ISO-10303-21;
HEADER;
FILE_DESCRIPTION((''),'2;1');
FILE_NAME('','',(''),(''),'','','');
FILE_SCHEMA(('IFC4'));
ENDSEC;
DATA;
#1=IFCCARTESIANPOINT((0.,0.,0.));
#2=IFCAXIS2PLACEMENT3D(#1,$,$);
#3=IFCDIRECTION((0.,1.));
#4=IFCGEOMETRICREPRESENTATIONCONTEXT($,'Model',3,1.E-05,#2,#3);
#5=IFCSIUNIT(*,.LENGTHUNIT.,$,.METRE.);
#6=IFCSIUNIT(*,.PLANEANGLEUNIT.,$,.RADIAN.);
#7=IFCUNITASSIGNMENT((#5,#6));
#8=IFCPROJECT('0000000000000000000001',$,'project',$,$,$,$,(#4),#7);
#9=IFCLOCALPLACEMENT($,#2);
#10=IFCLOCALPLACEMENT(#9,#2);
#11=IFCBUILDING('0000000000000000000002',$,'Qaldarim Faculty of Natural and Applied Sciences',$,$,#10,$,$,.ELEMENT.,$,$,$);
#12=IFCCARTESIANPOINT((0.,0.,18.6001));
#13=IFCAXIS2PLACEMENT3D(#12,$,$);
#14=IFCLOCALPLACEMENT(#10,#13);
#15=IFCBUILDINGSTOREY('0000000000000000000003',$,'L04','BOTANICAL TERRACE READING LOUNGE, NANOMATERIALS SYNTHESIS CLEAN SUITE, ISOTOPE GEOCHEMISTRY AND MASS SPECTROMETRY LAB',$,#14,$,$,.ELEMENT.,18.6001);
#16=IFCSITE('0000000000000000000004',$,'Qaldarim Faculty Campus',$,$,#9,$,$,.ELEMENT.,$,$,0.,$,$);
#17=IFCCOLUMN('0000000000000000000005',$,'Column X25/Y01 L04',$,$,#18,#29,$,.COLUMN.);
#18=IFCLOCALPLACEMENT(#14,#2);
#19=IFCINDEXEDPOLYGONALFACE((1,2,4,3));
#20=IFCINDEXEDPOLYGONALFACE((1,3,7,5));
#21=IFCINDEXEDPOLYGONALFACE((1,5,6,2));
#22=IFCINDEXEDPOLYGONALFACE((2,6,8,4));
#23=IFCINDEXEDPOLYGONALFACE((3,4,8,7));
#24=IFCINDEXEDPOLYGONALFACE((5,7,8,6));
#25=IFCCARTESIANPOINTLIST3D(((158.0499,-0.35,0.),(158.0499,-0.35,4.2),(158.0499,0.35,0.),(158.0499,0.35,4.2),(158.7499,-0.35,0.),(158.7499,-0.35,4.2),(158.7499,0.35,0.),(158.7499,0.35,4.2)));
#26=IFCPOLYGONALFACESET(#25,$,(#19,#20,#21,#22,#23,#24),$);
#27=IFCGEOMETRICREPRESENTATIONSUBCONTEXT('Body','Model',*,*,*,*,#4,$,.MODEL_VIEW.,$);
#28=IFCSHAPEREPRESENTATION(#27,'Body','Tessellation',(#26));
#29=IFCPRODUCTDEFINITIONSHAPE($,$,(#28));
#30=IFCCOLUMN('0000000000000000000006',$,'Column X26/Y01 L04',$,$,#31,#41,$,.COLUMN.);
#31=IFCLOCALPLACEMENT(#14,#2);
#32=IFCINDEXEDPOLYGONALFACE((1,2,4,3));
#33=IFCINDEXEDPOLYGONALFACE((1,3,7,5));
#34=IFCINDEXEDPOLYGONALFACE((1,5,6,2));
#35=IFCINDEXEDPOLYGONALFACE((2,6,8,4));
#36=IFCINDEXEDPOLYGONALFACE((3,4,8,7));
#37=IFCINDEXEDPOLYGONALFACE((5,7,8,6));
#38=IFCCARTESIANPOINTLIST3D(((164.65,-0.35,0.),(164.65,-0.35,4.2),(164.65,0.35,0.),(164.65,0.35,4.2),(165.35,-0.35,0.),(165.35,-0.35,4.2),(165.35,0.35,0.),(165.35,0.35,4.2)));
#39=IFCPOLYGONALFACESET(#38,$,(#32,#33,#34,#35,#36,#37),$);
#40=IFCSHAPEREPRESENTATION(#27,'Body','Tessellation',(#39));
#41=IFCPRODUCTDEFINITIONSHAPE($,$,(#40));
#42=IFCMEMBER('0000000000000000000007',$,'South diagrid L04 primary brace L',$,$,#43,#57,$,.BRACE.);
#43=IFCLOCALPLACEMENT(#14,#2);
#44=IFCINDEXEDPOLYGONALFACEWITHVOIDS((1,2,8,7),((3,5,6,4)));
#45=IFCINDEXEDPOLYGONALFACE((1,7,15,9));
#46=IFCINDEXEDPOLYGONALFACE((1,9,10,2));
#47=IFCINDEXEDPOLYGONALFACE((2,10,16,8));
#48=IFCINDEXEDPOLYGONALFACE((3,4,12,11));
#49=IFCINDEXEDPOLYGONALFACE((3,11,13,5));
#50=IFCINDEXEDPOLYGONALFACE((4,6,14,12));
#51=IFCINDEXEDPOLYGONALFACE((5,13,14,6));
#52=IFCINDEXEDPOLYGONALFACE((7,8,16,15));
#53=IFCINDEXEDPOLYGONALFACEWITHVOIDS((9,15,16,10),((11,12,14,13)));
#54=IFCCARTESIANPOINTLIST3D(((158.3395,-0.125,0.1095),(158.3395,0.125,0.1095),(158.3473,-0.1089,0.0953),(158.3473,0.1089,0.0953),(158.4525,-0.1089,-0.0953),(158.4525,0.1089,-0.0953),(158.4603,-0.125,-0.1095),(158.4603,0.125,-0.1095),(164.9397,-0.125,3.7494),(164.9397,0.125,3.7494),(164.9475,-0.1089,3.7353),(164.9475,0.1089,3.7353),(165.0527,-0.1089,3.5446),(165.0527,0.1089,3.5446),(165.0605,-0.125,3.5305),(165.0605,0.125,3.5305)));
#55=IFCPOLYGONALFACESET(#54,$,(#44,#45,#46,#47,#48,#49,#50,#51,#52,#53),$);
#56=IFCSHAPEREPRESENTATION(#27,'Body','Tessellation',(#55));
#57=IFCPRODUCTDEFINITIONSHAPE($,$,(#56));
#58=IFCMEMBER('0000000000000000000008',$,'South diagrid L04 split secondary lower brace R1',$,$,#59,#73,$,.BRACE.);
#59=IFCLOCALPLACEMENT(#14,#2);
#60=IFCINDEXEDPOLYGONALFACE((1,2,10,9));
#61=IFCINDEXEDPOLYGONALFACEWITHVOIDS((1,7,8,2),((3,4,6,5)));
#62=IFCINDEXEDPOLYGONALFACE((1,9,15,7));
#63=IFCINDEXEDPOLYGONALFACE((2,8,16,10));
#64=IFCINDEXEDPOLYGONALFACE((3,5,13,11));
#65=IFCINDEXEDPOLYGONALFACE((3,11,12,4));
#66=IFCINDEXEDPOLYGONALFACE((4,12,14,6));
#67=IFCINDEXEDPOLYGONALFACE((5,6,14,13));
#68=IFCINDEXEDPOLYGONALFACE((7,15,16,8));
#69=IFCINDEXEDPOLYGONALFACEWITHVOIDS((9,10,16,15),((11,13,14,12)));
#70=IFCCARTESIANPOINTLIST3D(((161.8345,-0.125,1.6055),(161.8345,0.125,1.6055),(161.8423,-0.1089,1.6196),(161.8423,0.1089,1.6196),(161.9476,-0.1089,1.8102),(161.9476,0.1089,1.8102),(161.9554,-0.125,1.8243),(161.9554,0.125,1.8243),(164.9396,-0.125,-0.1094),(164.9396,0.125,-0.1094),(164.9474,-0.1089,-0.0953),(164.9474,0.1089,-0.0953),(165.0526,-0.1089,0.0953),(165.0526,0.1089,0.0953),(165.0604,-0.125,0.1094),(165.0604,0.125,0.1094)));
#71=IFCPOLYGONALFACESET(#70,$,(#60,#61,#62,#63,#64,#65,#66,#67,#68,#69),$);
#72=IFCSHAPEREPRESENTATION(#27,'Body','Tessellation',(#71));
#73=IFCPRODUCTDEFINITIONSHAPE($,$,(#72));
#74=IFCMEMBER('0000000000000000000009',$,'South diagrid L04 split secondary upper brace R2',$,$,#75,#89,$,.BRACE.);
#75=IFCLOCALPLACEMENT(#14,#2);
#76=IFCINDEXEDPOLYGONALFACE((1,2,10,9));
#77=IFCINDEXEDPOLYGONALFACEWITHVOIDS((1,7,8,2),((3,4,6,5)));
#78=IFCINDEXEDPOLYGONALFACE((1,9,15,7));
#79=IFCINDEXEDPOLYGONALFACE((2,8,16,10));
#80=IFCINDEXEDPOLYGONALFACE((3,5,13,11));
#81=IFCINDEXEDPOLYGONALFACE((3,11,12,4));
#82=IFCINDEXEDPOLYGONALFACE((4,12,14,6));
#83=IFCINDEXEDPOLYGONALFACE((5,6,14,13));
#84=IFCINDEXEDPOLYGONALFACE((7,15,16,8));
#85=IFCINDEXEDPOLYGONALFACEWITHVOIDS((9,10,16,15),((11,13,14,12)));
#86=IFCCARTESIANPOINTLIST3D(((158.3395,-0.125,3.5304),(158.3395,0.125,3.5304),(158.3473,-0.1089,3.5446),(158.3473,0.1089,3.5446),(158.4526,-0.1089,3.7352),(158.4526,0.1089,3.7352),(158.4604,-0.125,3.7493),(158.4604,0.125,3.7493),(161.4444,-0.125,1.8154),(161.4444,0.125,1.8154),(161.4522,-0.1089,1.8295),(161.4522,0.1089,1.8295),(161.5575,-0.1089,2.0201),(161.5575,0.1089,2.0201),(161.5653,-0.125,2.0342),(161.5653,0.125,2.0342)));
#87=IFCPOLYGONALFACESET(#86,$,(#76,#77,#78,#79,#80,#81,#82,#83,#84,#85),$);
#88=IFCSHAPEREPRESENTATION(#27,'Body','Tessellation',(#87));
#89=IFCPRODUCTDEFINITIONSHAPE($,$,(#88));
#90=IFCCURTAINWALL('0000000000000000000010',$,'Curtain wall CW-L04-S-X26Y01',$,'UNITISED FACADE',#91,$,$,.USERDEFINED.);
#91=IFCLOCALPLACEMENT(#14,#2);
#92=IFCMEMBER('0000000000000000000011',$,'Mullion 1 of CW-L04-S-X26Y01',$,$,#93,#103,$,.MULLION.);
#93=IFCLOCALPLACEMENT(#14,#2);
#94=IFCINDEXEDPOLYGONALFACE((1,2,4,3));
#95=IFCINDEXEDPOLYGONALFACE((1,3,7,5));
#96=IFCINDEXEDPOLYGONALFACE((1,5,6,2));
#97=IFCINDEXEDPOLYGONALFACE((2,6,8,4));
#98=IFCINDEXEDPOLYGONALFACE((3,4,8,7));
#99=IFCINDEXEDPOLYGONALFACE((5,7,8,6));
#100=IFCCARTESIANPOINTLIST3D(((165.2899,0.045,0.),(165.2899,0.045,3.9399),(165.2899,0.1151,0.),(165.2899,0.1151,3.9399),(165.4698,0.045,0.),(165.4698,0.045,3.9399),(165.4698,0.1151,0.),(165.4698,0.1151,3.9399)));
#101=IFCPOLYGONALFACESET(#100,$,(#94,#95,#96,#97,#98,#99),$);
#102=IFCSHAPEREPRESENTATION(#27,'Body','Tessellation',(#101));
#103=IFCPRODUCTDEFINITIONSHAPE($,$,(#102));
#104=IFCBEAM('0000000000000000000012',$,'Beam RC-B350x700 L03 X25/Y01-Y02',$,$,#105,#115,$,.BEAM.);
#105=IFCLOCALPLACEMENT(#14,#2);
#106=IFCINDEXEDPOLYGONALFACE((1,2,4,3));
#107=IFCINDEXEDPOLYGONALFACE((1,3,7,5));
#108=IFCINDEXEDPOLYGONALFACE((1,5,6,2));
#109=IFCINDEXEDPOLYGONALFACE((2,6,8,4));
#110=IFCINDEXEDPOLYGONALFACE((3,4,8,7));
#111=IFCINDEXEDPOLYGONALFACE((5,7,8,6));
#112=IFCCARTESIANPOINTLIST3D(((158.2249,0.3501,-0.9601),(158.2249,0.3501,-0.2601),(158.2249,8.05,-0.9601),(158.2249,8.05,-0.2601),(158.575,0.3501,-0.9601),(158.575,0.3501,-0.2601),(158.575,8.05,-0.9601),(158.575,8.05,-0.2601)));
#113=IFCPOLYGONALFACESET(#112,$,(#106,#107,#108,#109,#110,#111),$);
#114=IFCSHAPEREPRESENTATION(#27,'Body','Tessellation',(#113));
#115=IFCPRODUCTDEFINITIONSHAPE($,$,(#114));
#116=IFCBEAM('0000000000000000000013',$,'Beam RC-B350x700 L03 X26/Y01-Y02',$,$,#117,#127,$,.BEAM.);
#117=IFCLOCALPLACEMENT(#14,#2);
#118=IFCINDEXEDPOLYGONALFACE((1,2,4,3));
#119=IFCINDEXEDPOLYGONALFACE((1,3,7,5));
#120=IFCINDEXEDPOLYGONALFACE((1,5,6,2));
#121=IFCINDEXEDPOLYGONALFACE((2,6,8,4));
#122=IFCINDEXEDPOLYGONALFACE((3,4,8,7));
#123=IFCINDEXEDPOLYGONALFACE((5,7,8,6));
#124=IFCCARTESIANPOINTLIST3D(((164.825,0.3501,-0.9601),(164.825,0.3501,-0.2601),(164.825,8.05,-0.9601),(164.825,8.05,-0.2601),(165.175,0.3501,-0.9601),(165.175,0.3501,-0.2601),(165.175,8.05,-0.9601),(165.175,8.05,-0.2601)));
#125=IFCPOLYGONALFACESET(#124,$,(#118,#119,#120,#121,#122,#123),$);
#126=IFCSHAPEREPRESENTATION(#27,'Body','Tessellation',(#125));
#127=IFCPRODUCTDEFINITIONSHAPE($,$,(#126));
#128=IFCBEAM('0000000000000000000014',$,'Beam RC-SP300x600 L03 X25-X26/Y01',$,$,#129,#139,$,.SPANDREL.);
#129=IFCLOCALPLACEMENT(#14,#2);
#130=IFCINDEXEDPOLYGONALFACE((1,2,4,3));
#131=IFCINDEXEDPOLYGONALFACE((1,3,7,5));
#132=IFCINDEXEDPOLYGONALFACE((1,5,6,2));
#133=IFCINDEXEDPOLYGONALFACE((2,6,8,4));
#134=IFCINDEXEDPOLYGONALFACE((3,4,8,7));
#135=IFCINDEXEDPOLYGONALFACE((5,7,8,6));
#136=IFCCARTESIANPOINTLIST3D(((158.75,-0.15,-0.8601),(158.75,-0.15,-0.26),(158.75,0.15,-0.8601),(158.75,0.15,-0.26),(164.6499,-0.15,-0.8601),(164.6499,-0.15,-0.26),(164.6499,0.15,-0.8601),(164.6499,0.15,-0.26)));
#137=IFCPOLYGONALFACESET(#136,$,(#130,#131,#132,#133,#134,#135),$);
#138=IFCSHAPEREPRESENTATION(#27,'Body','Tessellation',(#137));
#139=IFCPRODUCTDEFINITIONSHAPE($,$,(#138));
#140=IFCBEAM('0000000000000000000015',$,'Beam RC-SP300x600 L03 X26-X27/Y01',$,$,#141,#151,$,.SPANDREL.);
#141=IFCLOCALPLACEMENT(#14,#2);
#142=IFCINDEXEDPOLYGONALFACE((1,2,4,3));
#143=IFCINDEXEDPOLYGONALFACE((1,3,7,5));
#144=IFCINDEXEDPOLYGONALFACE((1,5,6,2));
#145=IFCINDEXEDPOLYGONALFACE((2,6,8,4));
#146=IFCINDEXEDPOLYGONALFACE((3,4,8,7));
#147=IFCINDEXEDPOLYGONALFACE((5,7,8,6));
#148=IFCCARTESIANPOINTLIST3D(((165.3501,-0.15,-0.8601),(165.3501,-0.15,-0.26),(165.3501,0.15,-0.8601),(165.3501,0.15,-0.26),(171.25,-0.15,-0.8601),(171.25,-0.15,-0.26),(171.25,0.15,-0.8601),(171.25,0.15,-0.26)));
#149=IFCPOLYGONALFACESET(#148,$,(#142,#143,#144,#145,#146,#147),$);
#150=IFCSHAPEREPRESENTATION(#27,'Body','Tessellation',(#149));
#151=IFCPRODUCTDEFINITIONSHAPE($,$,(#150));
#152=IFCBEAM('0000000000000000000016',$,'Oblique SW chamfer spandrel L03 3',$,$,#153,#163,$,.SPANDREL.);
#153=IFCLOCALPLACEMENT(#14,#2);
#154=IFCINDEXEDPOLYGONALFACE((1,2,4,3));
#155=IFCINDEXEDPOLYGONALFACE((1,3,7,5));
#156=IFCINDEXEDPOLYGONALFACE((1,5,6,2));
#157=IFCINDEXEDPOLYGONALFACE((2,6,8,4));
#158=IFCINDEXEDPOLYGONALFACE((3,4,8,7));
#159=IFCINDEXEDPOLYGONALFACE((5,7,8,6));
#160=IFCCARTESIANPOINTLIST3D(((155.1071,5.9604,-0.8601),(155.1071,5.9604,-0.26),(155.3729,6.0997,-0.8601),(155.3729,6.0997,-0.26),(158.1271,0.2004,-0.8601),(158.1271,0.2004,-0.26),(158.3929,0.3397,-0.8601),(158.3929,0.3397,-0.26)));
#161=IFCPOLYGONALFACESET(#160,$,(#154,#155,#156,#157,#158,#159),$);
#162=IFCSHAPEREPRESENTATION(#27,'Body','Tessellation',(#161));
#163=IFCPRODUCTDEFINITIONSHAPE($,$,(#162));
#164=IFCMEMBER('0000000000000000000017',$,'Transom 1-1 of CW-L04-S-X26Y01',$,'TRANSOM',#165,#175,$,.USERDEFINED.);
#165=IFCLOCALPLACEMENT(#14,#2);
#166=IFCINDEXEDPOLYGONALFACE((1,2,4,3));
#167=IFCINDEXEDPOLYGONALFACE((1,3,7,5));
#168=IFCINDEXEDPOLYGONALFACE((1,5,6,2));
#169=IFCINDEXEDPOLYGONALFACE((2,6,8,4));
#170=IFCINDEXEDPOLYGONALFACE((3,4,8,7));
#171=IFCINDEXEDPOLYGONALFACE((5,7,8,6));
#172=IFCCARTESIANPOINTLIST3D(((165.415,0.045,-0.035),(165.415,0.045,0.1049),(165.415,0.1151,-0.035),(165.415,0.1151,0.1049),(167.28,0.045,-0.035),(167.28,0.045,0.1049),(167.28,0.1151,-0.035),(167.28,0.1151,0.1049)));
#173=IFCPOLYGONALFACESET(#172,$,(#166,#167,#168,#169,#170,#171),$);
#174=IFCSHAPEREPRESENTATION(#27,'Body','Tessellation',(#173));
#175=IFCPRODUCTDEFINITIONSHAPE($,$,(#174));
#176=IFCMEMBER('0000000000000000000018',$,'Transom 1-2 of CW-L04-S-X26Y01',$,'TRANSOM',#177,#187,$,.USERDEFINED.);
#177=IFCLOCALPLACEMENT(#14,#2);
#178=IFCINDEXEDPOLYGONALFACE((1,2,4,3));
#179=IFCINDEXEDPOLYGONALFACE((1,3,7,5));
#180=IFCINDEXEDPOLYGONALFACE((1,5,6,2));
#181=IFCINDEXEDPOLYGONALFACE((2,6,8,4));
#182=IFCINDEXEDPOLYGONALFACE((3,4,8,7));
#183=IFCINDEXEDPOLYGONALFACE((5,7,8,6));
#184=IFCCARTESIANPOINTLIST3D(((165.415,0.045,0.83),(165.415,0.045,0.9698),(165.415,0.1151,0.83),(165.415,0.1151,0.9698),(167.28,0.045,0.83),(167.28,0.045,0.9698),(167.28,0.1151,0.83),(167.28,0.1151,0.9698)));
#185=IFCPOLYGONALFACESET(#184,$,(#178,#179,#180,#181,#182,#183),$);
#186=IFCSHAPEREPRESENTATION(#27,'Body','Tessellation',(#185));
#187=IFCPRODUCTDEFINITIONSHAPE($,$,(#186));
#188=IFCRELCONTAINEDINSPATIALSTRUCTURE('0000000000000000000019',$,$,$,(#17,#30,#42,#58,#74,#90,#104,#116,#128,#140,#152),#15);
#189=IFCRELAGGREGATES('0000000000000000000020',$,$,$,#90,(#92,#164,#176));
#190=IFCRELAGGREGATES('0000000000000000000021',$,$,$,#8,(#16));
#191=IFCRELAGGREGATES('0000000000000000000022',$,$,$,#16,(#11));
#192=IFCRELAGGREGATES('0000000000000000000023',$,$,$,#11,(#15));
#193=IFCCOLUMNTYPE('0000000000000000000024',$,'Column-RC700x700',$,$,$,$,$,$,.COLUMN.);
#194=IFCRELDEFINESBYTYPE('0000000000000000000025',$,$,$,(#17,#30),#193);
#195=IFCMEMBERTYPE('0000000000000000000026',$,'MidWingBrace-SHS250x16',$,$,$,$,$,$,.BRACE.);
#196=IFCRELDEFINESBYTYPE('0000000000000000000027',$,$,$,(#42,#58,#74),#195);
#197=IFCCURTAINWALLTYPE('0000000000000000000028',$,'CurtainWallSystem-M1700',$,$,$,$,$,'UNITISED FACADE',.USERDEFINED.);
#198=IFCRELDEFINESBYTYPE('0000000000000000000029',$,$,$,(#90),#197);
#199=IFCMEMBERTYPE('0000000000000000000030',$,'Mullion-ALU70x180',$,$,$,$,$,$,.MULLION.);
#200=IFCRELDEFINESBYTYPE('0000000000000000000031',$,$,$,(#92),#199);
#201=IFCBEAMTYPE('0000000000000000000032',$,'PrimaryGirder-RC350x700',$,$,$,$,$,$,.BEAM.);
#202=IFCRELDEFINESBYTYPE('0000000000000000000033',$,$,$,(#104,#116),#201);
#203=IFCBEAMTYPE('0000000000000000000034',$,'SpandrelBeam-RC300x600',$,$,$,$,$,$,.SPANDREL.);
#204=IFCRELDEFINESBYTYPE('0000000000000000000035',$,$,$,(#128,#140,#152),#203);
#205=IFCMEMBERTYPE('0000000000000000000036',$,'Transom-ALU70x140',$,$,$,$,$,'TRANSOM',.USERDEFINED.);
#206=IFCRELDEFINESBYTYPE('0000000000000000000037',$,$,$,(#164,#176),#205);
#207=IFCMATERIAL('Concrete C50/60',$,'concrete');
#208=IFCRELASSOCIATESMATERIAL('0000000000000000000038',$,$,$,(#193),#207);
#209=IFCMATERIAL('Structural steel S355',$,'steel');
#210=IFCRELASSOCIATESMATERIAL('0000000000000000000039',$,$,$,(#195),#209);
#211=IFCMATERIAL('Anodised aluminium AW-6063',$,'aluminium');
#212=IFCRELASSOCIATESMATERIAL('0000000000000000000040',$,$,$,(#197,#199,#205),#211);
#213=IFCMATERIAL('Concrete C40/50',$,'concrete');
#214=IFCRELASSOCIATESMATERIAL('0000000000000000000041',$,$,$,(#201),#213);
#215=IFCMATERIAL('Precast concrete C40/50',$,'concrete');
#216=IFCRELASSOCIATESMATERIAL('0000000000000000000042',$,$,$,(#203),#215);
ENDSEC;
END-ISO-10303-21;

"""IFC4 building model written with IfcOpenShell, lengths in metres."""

from ifc_helpers import new_model, si_unit, direction, frame, origin, origin_2d, place, context, subcontext, project, spatial, rectangle, hollow_rectangle, extrude, material, material_profile, profile_set, type_object, element, aggregate, save


model = new_model("IFC4")

# Units and contexts
model_context = context("Model", 3, precision=1e-05, world=origin(), true_north=direction((0.0, 1.0)))
body_context = subcontext(model_context, "Body", "Model", "MODEL_VIEW")
ifc_project = project(units=[si_unit("LENGTHUNIT", "METRE"), si_unit("PLANEANGLEUNIT", "RADIAN")], contexts=[model_context])

# Site, building, storey
site_placement = place(None, origin())
site = spatial("IfcSite", under=ifc_project, at=site_placement, Name="Qaldarim Faculty Campus", CompositionType="ELEMENT", RefElevation=0.0)
building_placement = place(site_placement, origin())
building = spatial("IfcBuilding", under=site, at=building_placement, Name="Qaldarim Faculty of Natural and Applied Sciences", CompositionType="ELEMENT")
storey_placement = place(building_placement, frame((0.0, 0.0, 18.6001)))
storey = spatial("IfcBuildingStorey", under=building, at=storey_placement, Name="L04", Description="BOTANICAL TERRACE READING LOUNGE, NANOMATERIALS SYNTHESIS CLEAN SUITE, ISOTOPE GEOCHEMISTRY AND MASS SPECTROMETRY LAB", CompositionType="ELEMENT", Elevation=18.6001)

# Columns
ifc_material_1 = material(Name="Concrete C50/60", Category="concrete")
ifc_material_profile_1 = material_profile(ifc_material_1, rectangle(XDim=0.7, YDim=0.7, at=origin_2d()), Name="RC-C700x700")
ifc_profile_set_1 = profile_set([ifc_material_profile_1], Name="Concrete C50/60")
column_type = type_object("IfcColumnType", Name="Column-RC700x700", PredefinedType="COLUMN", material=ifc_profile_set_1)
for number, where, z_axis, x_axis, name in (
    (1, (158.3999, 0.0, 0.0), (0.0, 0.0, 1.0), (1.0, 0.0, 0.0), "Column X25/Y01 L04"),
    (2, (165.0, 0.0, 0.0), (0.0, 0.0, 1.0), (1.0, 0.0, 0.0), "Column X26/Y01 L04"),
):
    element("IfcColumn", number, at=place(storey_placement, frame(where, z_axis=z_axis, x_axis=x_axis)), inside=storey, type_object=column_type, Name=name, PredefinedType="COLUMN", context=body_context, shape_type="SweptSolid", body=[
        extrude(rectangle(XDim=0.7, YDim=0.7, at=origin_2d()), origin(), (0.0, 0.0, 1.0), 4.2),
    ])

# Members
ifc_material_2 = material(Name="Structural steel S355", Category="steel")
ifc_material_profile_2 = material_profile(ifc_material_2, hollow_rectangle(XDim=0.25, YDim=0.25, WallThickness=0.0161, at=origin_2d()), Name="SHS 250x250x16.0")
ifc_profile_set_2 = profile_set([ifc_material_profile_2], Name="Structural steel S355")
member_type_1 = type_object("IfcMemberType", Name="MidWingBrace-SHS250x16", PredefinedType="BRACE", material=ifc_profile_set_2)
member_1_placement = place(storey_placement, frame((158.3999, 0.0, 0.0), z_axis=(0.875664, 0.0, 0.482921), x_axis=(0.0, 1.0, 0.0)))
element("IfcMember", 3, at=member_1_placement, inside=storey, type_object=member_type_1, Name="South diagrid L04 primary brace L", PredefinedType="BRACE", context=body_context, shape_type="SweptSolid", body=[
    extrude(hollow_rectangle(XDim=0.25, YDim=0.25, WallThickness=0.0161, at=origin_2d()), origin(), (0.0, 0.0, 1.0), 7.5374),
])
for number, where, z_axis, x_axis, name in (
    (4, (165.0, 0.0, 0.0), (-0.875369, 0.0, 0.483456), (0.0, -1.0, 0.0), "South diagrid L04 split secondary lower brace R1"),
    (5, (161.5049, 0.0, 1.9248), (-0.87534, 0.0, 0.483509), (0.0, -1.0, 0.0), "South diagrid L04 split secondary upper brace R2"),
):
    element("IfcMember", number, at=place(storey_placement, frame(where, z_axis=z_axis, x_axis=x_axis)), inside=storey, type_object=member_type_1, Name=name, PredefinedType="BRACE", context=body_context, shape_type="SweptSolid", body=[
        extrude(hollow_rectangle(XDim=0.25, YDim=0.25, WallThickness=0.0161, at=origin_2d()), origin(), (0.0, 0.0, 1.0), 3.5471),
    ])

# Curtain wall, member
ifc_material_3 = material(Name="Anodised aluminium AW-6063", Category="aluminium")
curtain_wall_type = type_object("IfcCurtainWallType", Name="CurtainWallSystem-M1700", ElementType="UNITISED FACADE", PredefinedType="USERDEFINED", material=ifc_material_3)
curtain_wall_placement = place(storey_placement, origin())
curtain_wall = element("IfcCurtainWall", 6, at=curtain_wall_placement, inside=storey, type_object=curtain_wall_type, Name="Curtain wall CW-L04-S-X26Y01", ObjectType="UNITISED FACADE", PredefinedType="USERDEFINED")
ifc_material_profile_3 = material_profile(ifc_material_3, rectangle(XDim=0.0701, YDim=0.1799, at=origin_2d()), Name="ALU-M70x180")
ifc_profile_set_3 = profile_set([ifc_material_profile_3], Name="Anodised aluminium AW-6063")
member_type_2 = type_object("IfcMemberType", Name="Mullion-ALU70x180", PredefinedType="MULLION", material=ifc_profile_set_3)
member_2_placement = place(storey_placement, frame((165.3799, 0.0801, 0.0), z_axis=(0.0, 0.0, 1.0), x_axis=(0.0, 1.0, 0.0)))
member_2 = element("IfcMember", 7, at=member_2_placement, type_object=member_type_2, Name="Mullion 1 of CW-L04-S-X26Y01", PredefinedType="MULLION", context=body_context, shape_type="SweptSolid", body=[
    extrude(rectangle(XDim=0.0701, YDim=0.1799, at=origin_2d()), origin(), (0.0, 0.0, 1.0), 3.9399),
])

# Beams
ifc_material_4 = material(Name="Concrete C40/50", Category="concrete")
ifc_material_profile_4 = material_profile(ifc_material_4, rectangle(XDim=0.3501, YDim=0.7, at=origin_2d()), Name="RC-B350x700")
ifc_profile_set_4 = profile_set([ifc_material_profile_4], Name="Concrete C40/50")
beam_type_1 = type_object("IfcBeamType", Name="PrimaryGirder-RC350x700", PredefinedType="BEAM", material=ifc_profile_set_4)
for number, where, z_axis, x_axis, name in (
    (8, (158.3999, 0.3501, -0.6101), (0.0, 1.0, 0.0), (-1.0, 0.0, 0.0), "Beam RC-B350x700 L03 X25/Y01-Y02"),
    (9, (165.0, 0.3501, -0.6101), (0.0, 1.0, 0.0), (-1.0, 0.0, 0.0), "Beam RC-B350x700 L03 X26/Y01-Y02"),
):
    element("IfcBeam", number, at=place(storey_placement, frame(where, z_axis=z_axis, x_axis=x_axis)), inside=storey, type_object=beam_type_1, Name=name, PredefinedType="BEAM", context=body_context, shape_type="SweptSolid", body=[
        extrude(rectangle(XDim=0.3501, YDim=0.7, at=origin_2d()), origin(), (0.0, 0.0, 1.0), 7.7),
    ])
ifc_material_5 = material(Name="Precast concrete C40/50", Category="concrete")
ifc_material_profile_5 = material_profile(ifc_material_5, rectangle(XDim=0.3, YDim=0.6001, at=origin_2d()), Name="RC-SP300x600")
ifc_profile_set_5 = profile_set([ifc_material_profile_5], Name="Precast concrete C40/50")
beam_type_2 = type_object("IfcBeamType", Name="SpandrelBeam-RC300x600", PredefinedType="SPANDREL", material=ifc_profile_set_5)
for number, where, z_axis, x_axis, name in (
    (10, (158.75, 0.0, -0.5601), (1.0, 0.0, 0.0), (0.0, 1.0, 0.0), "Beam RC-SP300x600 L03 X25-X26/Y01"),
    (11, (165.3501, 0.0, -0.5601), (1.0, 0.0, 0.0), (0.0, 1.0, 0.0), "Beam RC-SP300x600 L03 X26-X27/Y01"),
):
    element("IfcBeam", number, at=place(storey_placement, frame(where, z_axis=z_axis, x_axis=x_axis)), inside=storey, type_object=beam_type_2, Name=name, PredefinedType="SPANDREL", context=body_context, shape_type="SweptSolid", body=[
        extrude(rectangle(XDim=0.3, YDim=0.6001, at=origin_2d()), origin(), (0.0, 0.0, 1.0), 5.8999),
    ])
beam_placement = place(storey_placement, frame((155.24, 6.03, -0.5601), z_axis=(0.464353, -0.88565, 0.0), x_axis=(0.88565, 0.464353, 0.0)))
element("IfcBeam", 12, at=beam_placement, inside=storey, type_object=beam_type_2, Name="Oblique SW chamfer spandrel L03 3", PredefinedType="SPANDREL", context=body_context, shape_type="SweptSolid", body=[
    extrude(rectangle(XDim=0.3, YDim=0.6001, at=origin_2d()), origin(), (0.0, 0.0, 1.0), 6.5037),
])

# Members
ifc_material_profile_6 = material_profile(ifc_material_3, rectangle(XDim=0.0701, YDim=0.1399, at=origin_2d()), Name="ALU-T70x140")
ifc_profile_set_6 = profile_set([ifc_material_profile_6], Name="Anodised aluminium AW-6063")
member_type_3 = type_object("IfcMemberType", Name="Transom-ALU70x140", ElementType="TRANSOM", PredefinedType="USERDEFINED", material=ifc_profile_set_6)
member_3_placement = place(storey_placement, frame((165.415, 0.0801, 0.0349), z_axis=(1.0, 0.0, 0.0), x_axis=(0.0, 1.0, 0.0)))
member_3 = element("IfcMember", 13, at=member_3_placement, type_object=member_type_3, Name="Transom 1-1 of CW-L04-S-X26Y01", ObjectType="TRANSOM", PredefinedType="USERDEFINED", context=body_context, shape_type="SweptSolid", body=[
    extrude(rectangle(XDim=0.0701, YDim=0.1399, at=origin_2d()), origin(), (0.0, 0.0, 1.0), 1.865),
])
member_4_placement = place(storey_placement, frame((165.415, 0.0801, 0.8999), z_axis=(1.0, 0.0, 0.0), x_axis=(0.0, 1.0, 0.0)))
member_4 = element("IfcMember", 14, at=member_4_placement, type_object=member_type_3, Name="Transom 1-2 of CW-L04-S-X26Y01", ObjectType="TRANSOM", PredefinedType="USERDEFINED", context=body_context, shape_type="SweptSolid", body=[
    extrude(rectangle(XDim=0.0701, YDim=0.1399, at=origin_2d()), origin(), (0.0, 0.0, 1.0), 1.865),
])

aggregate(curtain_wall, [member_2, member_3, member_4])

save(model, "model.ifc")
